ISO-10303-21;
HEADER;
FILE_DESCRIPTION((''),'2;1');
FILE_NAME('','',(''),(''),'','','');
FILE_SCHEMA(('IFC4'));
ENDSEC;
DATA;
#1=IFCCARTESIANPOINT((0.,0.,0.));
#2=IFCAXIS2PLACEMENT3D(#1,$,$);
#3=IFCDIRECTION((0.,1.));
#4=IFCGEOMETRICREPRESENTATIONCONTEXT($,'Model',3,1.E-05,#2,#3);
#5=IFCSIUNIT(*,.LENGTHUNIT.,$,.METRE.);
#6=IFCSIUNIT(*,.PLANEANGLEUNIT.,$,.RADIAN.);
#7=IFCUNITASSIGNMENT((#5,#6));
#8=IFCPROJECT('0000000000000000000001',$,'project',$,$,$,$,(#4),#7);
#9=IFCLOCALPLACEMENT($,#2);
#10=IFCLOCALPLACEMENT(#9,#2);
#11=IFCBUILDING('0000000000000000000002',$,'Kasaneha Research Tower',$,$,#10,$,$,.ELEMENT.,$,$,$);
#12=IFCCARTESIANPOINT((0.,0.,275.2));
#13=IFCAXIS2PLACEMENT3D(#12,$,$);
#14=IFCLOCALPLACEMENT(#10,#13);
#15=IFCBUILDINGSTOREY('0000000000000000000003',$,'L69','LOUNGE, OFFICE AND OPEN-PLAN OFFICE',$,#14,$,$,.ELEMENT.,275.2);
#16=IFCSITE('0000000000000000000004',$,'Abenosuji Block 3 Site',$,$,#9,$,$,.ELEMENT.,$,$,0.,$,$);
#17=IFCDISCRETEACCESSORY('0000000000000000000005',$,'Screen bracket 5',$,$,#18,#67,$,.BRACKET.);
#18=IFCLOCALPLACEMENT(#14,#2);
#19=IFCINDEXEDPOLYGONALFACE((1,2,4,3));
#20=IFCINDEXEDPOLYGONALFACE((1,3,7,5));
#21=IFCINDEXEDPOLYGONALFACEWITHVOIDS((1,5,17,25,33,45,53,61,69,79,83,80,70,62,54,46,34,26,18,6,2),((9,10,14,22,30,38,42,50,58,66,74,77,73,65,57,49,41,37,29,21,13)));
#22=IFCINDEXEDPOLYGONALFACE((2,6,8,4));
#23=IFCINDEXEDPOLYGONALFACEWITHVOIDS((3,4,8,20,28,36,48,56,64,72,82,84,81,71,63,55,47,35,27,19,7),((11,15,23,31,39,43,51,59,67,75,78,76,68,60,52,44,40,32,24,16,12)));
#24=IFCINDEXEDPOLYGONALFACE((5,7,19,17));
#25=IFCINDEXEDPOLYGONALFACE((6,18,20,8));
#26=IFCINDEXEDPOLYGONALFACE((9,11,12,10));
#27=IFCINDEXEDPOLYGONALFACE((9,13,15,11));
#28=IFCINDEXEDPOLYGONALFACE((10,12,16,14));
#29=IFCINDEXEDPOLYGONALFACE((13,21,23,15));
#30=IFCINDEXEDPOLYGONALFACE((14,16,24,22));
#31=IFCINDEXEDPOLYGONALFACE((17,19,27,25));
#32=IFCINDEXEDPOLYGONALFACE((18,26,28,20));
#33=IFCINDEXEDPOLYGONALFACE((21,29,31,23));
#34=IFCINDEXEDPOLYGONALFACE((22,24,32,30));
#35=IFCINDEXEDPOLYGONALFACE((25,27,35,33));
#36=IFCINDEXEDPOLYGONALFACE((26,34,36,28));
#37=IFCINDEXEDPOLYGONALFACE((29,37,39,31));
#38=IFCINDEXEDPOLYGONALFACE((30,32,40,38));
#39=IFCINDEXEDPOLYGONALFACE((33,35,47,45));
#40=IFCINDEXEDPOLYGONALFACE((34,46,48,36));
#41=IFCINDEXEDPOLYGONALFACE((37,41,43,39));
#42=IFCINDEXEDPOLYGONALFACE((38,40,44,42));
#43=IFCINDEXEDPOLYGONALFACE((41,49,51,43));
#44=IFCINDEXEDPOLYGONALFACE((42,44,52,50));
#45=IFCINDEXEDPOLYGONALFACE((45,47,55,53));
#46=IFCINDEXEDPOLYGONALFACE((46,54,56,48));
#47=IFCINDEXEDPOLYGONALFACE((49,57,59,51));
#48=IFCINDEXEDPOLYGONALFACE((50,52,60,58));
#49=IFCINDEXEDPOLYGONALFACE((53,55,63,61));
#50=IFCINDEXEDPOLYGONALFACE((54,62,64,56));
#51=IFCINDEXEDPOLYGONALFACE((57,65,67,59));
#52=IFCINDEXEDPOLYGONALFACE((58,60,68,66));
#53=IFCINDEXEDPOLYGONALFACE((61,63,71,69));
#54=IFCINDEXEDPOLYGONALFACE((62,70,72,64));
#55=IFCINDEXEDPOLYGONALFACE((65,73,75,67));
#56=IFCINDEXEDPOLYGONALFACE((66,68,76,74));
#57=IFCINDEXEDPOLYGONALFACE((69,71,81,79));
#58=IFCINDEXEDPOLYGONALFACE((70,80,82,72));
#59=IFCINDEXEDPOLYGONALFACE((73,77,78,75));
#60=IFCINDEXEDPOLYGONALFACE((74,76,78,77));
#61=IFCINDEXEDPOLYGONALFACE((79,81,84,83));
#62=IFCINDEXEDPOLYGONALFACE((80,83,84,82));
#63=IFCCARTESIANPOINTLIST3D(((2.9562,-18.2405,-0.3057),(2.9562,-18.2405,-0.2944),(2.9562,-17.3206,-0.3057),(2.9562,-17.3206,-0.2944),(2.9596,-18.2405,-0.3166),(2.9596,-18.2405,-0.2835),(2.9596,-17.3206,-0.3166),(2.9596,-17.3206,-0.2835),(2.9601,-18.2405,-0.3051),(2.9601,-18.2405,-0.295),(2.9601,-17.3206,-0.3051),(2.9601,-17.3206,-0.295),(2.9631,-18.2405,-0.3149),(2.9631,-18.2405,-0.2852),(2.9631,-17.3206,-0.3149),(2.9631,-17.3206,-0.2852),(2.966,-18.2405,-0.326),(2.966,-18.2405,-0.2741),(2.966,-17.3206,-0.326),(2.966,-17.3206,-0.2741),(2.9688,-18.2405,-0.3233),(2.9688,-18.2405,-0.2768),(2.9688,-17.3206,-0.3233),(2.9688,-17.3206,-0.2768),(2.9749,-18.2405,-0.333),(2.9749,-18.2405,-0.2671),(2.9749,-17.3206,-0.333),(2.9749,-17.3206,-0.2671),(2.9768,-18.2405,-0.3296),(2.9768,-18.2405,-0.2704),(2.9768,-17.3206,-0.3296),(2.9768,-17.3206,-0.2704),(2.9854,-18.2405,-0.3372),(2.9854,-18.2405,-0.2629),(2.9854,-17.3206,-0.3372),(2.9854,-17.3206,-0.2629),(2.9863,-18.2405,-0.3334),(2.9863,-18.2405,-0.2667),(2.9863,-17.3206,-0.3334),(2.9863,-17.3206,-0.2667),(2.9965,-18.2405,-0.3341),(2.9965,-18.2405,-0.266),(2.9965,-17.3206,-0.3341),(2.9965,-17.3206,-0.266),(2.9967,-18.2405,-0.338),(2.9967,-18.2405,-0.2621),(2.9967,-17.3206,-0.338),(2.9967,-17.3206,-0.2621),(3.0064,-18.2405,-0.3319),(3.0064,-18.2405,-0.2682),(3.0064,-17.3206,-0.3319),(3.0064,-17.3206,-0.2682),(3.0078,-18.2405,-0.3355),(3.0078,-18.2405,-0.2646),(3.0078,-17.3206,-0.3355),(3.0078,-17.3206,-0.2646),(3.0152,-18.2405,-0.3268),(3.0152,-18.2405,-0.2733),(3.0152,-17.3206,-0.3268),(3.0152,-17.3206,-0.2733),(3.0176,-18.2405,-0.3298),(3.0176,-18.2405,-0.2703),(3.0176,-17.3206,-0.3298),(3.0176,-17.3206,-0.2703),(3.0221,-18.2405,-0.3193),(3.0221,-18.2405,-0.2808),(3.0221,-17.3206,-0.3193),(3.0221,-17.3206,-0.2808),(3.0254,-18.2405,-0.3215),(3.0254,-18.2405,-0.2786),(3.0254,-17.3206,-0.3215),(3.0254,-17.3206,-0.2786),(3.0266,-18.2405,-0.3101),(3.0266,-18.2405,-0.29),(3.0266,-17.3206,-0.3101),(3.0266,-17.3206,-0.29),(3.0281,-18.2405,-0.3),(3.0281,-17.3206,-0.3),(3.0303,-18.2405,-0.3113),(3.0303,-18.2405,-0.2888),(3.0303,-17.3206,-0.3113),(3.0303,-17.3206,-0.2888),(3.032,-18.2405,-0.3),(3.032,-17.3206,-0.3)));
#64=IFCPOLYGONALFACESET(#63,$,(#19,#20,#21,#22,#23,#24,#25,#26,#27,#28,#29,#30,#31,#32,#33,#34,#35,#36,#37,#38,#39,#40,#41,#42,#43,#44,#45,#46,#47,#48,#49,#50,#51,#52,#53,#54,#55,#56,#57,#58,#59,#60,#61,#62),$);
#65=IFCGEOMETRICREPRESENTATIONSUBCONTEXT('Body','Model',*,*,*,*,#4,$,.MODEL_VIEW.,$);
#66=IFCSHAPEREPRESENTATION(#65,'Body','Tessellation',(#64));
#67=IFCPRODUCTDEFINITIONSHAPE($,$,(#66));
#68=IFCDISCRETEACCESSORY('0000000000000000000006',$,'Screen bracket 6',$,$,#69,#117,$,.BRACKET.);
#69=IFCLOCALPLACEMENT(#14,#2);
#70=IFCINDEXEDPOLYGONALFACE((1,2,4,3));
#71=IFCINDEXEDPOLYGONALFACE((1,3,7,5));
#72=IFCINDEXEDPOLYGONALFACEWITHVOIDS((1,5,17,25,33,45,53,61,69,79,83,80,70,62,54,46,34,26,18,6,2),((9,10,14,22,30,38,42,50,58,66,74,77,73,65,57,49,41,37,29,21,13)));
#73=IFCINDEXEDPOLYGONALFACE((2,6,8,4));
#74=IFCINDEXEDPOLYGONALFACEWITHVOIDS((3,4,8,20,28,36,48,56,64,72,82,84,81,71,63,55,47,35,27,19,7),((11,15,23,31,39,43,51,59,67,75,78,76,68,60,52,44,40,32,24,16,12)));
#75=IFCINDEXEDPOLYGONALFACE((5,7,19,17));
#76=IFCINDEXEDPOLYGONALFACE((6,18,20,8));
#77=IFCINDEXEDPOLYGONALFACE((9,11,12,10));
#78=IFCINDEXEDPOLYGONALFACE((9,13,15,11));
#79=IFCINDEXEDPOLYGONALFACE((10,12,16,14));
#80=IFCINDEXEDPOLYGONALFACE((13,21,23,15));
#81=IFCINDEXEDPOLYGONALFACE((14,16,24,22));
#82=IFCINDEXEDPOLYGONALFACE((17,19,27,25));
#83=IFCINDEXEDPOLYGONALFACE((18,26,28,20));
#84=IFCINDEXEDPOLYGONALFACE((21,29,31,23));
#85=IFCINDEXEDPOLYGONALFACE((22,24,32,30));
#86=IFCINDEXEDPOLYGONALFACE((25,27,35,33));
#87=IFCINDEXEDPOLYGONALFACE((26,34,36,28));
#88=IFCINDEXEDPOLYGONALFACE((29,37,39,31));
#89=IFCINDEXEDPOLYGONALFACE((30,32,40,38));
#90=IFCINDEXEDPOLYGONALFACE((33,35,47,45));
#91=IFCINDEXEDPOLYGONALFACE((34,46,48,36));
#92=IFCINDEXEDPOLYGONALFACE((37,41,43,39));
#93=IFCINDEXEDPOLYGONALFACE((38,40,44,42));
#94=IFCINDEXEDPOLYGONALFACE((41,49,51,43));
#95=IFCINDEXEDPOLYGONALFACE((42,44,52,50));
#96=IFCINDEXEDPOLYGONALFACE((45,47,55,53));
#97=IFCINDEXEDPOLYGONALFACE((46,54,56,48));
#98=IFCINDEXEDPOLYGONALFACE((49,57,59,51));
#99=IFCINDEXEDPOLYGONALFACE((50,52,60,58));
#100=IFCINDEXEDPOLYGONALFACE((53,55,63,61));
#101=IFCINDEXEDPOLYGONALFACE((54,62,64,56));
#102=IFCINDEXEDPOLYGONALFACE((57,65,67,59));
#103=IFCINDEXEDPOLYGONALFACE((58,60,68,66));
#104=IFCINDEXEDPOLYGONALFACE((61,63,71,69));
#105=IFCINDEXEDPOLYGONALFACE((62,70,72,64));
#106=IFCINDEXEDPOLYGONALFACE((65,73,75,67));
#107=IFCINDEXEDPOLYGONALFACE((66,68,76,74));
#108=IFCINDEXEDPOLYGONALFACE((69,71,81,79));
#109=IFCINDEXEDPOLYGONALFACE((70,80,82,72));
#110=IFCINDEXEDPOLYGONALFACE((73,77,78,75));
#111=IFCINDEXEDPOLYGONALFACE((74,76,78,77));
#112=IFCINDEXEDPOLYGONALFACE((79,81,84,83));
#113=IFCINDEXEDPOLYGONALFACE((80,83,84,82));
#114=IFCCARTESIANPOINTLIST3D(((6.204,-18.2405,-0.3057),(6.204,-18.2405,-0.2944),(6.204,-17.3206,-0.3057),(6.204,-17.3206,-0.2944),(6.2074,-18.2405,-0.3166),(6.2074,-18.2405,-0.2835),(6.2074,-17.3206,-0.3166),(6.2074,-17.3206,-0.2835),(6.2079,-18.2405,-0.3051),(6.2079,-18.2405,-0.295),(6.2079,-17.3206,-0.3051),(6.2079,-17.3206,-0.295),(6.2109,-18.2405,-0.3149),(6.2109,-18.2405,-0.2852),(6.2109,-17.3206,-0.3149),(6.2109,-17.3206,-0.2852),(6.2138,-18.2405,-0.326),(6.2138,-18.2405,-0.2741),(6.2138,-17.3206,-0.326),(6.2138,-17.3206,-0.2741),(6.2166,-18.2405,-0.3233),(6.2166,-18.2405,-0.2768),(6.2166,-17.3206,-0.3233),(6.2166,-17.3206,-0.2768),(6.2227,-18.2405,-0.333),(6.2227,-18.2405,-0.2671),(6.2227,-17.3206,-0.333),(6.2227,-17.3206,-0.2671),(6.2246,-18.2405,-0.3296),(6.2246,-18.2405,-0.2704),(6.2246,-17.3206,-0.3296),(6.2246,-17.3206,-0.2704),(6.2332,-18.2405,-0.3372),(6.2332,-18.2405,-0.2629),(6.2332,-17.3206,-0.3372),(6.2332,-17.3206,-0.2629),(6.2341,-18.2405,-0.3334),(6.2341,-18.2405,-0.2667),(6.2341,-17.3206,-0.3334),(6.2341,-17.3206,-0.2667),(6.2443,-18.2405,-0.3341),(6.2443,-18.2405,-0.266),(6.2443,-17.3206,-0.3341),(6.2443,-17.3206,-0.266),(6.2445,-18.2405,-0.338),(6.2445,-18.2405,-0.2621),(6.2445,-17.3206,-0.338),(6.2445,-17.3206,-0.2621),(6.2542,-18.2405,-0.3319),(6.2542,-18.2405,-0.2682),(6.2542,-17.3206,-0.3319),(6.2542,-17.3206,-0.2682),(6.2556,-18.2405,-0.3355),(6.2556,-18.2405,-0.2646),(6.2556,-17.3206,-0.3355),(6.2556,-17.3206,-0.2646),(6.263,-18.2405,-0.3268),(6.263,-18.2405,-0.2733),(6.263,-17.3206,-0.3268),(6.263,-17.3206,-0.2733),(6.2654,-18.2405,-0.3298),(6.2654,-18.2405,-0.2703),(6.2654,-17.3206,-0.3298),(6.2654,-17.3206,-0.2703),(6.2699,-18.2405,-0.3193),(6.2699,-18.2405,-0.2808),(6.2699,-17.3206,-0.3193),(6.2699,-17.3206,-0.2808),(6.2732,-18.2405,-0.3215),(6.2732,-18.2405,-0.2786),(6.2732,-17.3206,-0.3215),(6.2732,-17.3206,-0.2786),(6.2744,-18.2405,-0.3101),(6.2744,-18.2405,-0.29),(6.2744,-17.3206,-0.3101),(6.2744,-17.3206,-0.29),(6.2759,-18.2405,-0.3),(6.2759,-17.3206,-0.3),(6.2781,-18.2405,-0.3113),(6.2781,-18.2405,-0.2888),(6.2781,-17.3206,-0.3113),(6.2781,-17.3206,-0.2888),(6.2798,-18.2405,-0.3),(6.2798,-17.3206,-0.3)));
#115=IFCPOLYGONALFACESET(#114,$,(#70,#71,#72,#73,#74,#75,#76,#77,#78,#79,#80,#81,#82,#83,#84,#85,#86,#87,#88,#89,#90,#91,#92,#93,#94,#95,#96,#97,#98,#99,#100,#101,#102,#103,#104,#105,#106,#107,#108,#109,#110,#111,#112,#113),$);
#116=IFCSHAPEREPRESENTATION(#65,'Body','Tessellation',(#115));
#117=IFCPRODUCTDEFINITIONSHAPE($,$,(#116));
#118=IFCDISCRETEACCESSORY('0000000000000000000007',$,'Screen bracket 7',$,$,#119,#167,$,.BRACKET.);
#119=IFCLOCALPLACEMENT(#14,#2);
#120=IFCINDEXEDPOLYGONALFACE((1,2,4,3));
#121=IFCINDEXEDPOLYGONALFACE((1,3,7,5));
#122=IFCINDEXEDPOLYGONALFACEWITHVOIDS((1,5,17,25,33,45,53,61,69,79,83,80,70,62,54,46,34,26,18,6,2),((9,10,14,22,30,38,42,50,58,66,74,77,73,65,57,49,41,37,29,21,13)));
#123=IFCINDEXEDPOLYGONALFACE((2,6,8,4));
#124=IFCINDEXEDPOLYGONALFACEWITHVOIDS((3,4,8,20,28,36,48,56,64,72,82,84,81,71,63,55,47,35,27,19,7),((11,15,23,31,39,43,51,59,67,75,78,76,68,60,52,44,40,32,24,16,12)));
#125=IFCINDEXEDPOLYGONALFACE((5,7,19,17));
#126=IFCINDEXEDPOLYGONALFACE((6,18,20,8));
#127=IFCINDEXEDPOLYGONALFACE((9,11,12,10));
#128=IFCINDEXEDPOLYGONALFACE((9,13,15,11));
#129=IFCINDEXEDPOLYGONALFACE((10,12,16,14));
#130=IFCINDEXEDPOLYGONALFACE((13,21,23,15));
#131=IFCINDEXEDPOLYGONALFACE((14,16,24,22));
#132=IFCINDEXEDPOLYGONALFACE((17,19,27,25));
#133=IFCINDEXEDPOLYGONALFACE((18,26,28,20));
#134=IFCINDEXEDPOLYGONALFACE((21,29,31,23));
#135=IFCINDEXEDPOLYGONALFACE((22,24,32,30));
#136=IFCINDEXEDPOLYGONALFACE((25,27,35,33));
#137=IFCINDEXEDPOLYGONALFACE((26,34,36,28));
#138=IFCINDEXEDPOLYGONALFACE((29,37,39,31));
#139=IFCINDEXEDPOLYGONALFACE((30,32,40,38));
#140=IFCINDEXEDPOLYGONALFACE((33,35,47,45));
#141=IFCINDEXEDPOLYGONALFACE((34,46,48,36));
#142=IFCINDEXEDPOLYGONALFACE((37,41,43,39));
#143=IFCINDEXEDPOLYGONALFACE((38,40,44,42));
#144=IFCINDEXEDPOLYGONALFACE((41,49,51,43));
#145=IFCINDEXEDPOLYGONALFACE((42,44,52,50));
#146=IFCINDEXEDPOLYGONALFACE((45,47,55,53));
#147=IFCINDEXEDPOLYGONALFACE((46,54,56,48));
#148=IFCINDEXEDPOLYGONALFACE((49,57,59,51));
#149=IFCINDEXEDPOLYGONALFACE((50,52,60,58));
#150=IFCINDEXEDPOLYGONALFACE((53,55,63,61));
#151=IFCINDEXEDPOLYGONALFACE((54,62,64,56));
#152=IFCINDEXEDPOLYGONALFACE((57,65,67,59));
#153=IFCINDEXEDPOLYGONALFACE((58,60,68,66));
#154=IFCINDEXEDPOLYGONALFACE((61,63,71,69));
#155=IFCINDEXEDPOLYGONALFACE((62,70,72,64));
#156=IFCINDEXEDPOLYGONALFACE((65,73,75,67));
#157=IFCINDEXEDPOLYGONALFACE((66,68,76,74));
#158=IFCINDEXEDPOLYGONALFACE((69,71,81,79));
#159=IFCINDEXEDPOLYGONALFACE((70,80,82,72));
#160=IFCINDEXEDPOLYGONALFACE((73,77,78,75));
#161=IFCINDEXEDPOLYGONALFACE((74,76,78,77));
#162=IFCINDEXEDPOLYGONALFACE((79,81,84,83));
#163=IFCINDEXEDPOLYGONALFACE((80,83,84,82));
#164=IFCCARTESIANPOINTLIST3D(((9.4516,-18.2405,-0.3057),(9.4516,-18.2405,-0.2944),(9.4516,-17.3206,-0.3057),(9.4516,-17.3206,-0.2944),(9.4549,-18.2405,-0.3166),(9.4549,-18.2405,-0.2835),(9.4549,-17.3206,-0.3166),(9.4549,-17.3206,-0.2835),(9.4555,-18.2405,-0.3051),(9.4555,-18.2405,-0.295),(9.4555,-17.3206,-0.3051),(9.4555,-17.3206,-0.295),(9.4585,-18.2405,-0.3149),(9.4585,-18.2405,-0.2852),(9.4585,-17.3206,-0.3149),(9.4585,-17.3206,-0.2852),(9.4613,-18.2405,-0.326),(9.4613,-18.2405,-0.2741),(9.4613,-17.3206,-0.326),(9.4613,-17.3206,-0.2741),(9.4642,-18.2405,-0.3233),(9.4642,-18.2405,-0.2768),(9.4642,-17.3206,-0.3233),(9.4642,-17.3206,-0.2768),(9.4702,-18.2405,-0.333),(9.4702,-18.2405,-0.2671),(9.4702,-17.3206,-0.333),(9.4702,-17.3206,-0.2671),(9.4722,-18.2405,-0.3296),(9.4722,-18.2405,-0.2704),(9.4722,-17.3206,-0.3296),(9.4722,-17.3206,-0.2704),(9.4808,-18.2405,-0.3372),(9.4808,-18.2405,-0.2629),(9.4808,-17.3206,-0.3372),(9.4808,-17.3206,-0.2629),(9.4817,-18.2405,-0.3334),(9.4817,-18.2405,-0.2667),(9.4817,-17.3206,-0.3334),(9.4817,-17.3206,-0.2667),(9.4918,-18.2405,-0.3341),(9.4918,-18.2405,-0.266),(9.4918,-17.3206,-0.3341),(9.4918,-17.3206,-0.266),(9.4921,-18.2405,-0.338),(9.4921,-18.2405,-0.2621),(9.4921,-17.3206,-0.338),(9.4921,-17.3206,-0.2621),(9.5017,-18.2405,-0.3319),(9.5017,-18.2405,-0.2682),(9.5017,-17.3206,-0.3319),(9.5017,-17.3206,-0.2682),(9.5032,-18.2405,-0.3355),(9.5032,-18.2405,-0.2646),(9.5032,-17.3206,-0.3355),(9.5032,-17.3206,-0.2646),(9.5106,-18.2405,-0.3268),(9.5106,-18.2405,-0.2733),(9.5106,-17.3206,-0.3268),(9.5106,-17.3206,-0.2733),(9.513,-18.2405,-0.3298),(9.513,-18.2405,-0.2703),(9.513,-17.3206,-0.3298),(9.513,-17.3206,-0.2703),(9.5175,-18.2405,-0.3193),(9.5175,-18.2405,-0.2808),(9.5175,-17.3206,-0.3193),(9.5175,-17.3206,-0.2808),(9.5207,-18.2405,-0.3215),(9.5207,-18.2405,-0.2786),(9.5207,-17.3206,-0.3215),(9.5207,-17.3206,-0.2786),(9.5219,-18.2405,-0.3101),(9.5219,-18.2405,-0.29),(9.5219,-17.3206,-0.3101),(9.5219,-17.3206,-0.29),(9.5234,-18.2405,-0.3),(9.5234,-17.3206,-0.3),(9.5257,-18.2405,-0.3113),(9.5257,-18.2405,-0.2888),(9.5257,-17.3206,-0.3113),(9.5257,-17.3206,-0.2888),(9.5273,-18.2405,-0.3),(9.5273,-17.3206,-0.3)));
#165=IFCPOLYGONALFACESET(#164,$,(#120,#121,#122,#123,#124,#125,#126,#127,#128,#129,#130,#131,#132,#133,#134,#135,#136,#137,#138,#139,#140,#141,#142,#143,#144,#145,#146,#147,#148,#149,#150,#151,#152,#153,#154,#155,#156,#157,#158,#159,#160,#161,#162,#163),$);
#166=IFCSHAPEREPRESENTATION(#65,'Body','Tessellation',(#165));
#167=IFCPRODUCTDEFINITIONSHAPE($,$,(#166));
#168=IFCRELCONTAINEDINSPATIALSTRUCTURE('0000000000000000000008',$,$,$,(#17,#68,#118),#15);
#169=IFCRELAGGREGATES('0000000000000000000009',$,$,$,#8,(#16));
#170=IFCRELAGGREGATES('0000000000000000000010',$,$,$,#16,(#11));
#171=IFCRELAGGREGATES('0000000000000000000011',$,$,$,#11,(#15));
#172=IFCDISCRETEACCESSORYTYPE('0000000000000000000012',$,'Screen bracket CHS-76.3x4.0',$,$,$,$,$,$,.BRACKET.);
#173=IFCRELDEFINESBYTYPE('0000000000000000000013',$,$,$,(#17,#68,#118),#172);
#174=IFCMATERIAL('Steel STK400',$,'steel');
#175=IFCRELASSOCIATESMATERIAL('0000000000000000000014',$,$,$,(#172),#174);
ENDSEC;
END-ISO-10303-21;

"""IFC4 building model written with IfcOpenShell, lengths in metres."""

from ifc_helpers import new_model, si_unit, direction, frame, origin, origin_2d, place, context, subcontext, project, spatial, hollow_circle, extrude, material, material_profile, profile_set, type_object, element, save


model = new_model("IFC4")

# Units and contexts
model_context = context("Model", 3, precision=1e-05, world=origin(), true_north=direction((0.0, 1.0)))
body_context = subcontext(model_context, "Body", "Model", "MODEL_VIEW")
ifc_project = project(units=[si_unit("LENGTHUNIT", "METRE"), si_unit("PLANEANGLEUNIT", "RADIAN")], contexts=[model_context])

# Site, building, storey
site_placement = place(None, origin())
site = spatial("IfcSite", under=ifc_project, at=site_placement, Name="Abenosuji Block 3 Site", CompositionType="ELEMENT", RefElevation=0.0)
building_placement = place(site_placement, origin())
building = spatial("IfcBuilding", under=site, at=building_placement, Name="Kasaneha Research Tower", CompositionType="ELEMENT")
storey_placement = place(building_placement, frame((0.0, 0.0, 275.2)))
storey = spatial("IfcBuildingStorey", under=building, at=storey_placement, Name="L69", Description="LOUNGE, OFFICE AND OPEN-PLAN OFFICE", CompositionType="ELEMENT", Elevation=275.2)

# Discrete accessories
ifc_material_1 = material(Name="Steel STK400", Category="steel")
ifc_material_profile_1 = material_profile(ifc_material_1, hollow_circle(Radius=0.0381, WallThickness=0.0039, at=origin_2d()), Name="CHS-76.3x4.0")
ifc_profile_set_1 = profile_set([ifc_material_profile_1], Name="Steel STK400")
discrete_accessory_type = type_object("IfcDiscreteAccessoryType", Name="Screen bracket CHS-76.3x4.0", PredefinedType="BRACKET", material=ifc_profile_set_1)
for number, where, z_axis, x_axis, name in (
    (1, (2.9939, -17.3206, -0.3), (0.0, -1.0, 0.0), (1.0, 0.0, 0.0), "Screen bracket 5"),
    (2, (6.2417, -17.3206, -0.3), (0.0, -1.0, 0.0), (1.0, 0.0, 0.0), "Screen bracket 6"),
    (3, (9.4893, -17.3206, -0.3), (0.0, -1.0, 0.0), (1.0, 0.0, 0.0), "Screen bracket 7"),
):
    element("IfcDiscreteAccessory", number, at=place(storey_placement, frame(where, z_axis=z_axis, x_axis=x_axis)), inside=storey, type_object=discrete_accessory_type, Name=name, PredefinedType="BRACKET", context=body_context, shape_type="SweptSolid", body=[
        extrude(hollow_circle(Radius=0.0381, WallThickness=0.0039, at=origin_2d()), origin(), (0.0, 0.0, 1.0), 0.9199),
    ])

save(model, "model.ifc")
